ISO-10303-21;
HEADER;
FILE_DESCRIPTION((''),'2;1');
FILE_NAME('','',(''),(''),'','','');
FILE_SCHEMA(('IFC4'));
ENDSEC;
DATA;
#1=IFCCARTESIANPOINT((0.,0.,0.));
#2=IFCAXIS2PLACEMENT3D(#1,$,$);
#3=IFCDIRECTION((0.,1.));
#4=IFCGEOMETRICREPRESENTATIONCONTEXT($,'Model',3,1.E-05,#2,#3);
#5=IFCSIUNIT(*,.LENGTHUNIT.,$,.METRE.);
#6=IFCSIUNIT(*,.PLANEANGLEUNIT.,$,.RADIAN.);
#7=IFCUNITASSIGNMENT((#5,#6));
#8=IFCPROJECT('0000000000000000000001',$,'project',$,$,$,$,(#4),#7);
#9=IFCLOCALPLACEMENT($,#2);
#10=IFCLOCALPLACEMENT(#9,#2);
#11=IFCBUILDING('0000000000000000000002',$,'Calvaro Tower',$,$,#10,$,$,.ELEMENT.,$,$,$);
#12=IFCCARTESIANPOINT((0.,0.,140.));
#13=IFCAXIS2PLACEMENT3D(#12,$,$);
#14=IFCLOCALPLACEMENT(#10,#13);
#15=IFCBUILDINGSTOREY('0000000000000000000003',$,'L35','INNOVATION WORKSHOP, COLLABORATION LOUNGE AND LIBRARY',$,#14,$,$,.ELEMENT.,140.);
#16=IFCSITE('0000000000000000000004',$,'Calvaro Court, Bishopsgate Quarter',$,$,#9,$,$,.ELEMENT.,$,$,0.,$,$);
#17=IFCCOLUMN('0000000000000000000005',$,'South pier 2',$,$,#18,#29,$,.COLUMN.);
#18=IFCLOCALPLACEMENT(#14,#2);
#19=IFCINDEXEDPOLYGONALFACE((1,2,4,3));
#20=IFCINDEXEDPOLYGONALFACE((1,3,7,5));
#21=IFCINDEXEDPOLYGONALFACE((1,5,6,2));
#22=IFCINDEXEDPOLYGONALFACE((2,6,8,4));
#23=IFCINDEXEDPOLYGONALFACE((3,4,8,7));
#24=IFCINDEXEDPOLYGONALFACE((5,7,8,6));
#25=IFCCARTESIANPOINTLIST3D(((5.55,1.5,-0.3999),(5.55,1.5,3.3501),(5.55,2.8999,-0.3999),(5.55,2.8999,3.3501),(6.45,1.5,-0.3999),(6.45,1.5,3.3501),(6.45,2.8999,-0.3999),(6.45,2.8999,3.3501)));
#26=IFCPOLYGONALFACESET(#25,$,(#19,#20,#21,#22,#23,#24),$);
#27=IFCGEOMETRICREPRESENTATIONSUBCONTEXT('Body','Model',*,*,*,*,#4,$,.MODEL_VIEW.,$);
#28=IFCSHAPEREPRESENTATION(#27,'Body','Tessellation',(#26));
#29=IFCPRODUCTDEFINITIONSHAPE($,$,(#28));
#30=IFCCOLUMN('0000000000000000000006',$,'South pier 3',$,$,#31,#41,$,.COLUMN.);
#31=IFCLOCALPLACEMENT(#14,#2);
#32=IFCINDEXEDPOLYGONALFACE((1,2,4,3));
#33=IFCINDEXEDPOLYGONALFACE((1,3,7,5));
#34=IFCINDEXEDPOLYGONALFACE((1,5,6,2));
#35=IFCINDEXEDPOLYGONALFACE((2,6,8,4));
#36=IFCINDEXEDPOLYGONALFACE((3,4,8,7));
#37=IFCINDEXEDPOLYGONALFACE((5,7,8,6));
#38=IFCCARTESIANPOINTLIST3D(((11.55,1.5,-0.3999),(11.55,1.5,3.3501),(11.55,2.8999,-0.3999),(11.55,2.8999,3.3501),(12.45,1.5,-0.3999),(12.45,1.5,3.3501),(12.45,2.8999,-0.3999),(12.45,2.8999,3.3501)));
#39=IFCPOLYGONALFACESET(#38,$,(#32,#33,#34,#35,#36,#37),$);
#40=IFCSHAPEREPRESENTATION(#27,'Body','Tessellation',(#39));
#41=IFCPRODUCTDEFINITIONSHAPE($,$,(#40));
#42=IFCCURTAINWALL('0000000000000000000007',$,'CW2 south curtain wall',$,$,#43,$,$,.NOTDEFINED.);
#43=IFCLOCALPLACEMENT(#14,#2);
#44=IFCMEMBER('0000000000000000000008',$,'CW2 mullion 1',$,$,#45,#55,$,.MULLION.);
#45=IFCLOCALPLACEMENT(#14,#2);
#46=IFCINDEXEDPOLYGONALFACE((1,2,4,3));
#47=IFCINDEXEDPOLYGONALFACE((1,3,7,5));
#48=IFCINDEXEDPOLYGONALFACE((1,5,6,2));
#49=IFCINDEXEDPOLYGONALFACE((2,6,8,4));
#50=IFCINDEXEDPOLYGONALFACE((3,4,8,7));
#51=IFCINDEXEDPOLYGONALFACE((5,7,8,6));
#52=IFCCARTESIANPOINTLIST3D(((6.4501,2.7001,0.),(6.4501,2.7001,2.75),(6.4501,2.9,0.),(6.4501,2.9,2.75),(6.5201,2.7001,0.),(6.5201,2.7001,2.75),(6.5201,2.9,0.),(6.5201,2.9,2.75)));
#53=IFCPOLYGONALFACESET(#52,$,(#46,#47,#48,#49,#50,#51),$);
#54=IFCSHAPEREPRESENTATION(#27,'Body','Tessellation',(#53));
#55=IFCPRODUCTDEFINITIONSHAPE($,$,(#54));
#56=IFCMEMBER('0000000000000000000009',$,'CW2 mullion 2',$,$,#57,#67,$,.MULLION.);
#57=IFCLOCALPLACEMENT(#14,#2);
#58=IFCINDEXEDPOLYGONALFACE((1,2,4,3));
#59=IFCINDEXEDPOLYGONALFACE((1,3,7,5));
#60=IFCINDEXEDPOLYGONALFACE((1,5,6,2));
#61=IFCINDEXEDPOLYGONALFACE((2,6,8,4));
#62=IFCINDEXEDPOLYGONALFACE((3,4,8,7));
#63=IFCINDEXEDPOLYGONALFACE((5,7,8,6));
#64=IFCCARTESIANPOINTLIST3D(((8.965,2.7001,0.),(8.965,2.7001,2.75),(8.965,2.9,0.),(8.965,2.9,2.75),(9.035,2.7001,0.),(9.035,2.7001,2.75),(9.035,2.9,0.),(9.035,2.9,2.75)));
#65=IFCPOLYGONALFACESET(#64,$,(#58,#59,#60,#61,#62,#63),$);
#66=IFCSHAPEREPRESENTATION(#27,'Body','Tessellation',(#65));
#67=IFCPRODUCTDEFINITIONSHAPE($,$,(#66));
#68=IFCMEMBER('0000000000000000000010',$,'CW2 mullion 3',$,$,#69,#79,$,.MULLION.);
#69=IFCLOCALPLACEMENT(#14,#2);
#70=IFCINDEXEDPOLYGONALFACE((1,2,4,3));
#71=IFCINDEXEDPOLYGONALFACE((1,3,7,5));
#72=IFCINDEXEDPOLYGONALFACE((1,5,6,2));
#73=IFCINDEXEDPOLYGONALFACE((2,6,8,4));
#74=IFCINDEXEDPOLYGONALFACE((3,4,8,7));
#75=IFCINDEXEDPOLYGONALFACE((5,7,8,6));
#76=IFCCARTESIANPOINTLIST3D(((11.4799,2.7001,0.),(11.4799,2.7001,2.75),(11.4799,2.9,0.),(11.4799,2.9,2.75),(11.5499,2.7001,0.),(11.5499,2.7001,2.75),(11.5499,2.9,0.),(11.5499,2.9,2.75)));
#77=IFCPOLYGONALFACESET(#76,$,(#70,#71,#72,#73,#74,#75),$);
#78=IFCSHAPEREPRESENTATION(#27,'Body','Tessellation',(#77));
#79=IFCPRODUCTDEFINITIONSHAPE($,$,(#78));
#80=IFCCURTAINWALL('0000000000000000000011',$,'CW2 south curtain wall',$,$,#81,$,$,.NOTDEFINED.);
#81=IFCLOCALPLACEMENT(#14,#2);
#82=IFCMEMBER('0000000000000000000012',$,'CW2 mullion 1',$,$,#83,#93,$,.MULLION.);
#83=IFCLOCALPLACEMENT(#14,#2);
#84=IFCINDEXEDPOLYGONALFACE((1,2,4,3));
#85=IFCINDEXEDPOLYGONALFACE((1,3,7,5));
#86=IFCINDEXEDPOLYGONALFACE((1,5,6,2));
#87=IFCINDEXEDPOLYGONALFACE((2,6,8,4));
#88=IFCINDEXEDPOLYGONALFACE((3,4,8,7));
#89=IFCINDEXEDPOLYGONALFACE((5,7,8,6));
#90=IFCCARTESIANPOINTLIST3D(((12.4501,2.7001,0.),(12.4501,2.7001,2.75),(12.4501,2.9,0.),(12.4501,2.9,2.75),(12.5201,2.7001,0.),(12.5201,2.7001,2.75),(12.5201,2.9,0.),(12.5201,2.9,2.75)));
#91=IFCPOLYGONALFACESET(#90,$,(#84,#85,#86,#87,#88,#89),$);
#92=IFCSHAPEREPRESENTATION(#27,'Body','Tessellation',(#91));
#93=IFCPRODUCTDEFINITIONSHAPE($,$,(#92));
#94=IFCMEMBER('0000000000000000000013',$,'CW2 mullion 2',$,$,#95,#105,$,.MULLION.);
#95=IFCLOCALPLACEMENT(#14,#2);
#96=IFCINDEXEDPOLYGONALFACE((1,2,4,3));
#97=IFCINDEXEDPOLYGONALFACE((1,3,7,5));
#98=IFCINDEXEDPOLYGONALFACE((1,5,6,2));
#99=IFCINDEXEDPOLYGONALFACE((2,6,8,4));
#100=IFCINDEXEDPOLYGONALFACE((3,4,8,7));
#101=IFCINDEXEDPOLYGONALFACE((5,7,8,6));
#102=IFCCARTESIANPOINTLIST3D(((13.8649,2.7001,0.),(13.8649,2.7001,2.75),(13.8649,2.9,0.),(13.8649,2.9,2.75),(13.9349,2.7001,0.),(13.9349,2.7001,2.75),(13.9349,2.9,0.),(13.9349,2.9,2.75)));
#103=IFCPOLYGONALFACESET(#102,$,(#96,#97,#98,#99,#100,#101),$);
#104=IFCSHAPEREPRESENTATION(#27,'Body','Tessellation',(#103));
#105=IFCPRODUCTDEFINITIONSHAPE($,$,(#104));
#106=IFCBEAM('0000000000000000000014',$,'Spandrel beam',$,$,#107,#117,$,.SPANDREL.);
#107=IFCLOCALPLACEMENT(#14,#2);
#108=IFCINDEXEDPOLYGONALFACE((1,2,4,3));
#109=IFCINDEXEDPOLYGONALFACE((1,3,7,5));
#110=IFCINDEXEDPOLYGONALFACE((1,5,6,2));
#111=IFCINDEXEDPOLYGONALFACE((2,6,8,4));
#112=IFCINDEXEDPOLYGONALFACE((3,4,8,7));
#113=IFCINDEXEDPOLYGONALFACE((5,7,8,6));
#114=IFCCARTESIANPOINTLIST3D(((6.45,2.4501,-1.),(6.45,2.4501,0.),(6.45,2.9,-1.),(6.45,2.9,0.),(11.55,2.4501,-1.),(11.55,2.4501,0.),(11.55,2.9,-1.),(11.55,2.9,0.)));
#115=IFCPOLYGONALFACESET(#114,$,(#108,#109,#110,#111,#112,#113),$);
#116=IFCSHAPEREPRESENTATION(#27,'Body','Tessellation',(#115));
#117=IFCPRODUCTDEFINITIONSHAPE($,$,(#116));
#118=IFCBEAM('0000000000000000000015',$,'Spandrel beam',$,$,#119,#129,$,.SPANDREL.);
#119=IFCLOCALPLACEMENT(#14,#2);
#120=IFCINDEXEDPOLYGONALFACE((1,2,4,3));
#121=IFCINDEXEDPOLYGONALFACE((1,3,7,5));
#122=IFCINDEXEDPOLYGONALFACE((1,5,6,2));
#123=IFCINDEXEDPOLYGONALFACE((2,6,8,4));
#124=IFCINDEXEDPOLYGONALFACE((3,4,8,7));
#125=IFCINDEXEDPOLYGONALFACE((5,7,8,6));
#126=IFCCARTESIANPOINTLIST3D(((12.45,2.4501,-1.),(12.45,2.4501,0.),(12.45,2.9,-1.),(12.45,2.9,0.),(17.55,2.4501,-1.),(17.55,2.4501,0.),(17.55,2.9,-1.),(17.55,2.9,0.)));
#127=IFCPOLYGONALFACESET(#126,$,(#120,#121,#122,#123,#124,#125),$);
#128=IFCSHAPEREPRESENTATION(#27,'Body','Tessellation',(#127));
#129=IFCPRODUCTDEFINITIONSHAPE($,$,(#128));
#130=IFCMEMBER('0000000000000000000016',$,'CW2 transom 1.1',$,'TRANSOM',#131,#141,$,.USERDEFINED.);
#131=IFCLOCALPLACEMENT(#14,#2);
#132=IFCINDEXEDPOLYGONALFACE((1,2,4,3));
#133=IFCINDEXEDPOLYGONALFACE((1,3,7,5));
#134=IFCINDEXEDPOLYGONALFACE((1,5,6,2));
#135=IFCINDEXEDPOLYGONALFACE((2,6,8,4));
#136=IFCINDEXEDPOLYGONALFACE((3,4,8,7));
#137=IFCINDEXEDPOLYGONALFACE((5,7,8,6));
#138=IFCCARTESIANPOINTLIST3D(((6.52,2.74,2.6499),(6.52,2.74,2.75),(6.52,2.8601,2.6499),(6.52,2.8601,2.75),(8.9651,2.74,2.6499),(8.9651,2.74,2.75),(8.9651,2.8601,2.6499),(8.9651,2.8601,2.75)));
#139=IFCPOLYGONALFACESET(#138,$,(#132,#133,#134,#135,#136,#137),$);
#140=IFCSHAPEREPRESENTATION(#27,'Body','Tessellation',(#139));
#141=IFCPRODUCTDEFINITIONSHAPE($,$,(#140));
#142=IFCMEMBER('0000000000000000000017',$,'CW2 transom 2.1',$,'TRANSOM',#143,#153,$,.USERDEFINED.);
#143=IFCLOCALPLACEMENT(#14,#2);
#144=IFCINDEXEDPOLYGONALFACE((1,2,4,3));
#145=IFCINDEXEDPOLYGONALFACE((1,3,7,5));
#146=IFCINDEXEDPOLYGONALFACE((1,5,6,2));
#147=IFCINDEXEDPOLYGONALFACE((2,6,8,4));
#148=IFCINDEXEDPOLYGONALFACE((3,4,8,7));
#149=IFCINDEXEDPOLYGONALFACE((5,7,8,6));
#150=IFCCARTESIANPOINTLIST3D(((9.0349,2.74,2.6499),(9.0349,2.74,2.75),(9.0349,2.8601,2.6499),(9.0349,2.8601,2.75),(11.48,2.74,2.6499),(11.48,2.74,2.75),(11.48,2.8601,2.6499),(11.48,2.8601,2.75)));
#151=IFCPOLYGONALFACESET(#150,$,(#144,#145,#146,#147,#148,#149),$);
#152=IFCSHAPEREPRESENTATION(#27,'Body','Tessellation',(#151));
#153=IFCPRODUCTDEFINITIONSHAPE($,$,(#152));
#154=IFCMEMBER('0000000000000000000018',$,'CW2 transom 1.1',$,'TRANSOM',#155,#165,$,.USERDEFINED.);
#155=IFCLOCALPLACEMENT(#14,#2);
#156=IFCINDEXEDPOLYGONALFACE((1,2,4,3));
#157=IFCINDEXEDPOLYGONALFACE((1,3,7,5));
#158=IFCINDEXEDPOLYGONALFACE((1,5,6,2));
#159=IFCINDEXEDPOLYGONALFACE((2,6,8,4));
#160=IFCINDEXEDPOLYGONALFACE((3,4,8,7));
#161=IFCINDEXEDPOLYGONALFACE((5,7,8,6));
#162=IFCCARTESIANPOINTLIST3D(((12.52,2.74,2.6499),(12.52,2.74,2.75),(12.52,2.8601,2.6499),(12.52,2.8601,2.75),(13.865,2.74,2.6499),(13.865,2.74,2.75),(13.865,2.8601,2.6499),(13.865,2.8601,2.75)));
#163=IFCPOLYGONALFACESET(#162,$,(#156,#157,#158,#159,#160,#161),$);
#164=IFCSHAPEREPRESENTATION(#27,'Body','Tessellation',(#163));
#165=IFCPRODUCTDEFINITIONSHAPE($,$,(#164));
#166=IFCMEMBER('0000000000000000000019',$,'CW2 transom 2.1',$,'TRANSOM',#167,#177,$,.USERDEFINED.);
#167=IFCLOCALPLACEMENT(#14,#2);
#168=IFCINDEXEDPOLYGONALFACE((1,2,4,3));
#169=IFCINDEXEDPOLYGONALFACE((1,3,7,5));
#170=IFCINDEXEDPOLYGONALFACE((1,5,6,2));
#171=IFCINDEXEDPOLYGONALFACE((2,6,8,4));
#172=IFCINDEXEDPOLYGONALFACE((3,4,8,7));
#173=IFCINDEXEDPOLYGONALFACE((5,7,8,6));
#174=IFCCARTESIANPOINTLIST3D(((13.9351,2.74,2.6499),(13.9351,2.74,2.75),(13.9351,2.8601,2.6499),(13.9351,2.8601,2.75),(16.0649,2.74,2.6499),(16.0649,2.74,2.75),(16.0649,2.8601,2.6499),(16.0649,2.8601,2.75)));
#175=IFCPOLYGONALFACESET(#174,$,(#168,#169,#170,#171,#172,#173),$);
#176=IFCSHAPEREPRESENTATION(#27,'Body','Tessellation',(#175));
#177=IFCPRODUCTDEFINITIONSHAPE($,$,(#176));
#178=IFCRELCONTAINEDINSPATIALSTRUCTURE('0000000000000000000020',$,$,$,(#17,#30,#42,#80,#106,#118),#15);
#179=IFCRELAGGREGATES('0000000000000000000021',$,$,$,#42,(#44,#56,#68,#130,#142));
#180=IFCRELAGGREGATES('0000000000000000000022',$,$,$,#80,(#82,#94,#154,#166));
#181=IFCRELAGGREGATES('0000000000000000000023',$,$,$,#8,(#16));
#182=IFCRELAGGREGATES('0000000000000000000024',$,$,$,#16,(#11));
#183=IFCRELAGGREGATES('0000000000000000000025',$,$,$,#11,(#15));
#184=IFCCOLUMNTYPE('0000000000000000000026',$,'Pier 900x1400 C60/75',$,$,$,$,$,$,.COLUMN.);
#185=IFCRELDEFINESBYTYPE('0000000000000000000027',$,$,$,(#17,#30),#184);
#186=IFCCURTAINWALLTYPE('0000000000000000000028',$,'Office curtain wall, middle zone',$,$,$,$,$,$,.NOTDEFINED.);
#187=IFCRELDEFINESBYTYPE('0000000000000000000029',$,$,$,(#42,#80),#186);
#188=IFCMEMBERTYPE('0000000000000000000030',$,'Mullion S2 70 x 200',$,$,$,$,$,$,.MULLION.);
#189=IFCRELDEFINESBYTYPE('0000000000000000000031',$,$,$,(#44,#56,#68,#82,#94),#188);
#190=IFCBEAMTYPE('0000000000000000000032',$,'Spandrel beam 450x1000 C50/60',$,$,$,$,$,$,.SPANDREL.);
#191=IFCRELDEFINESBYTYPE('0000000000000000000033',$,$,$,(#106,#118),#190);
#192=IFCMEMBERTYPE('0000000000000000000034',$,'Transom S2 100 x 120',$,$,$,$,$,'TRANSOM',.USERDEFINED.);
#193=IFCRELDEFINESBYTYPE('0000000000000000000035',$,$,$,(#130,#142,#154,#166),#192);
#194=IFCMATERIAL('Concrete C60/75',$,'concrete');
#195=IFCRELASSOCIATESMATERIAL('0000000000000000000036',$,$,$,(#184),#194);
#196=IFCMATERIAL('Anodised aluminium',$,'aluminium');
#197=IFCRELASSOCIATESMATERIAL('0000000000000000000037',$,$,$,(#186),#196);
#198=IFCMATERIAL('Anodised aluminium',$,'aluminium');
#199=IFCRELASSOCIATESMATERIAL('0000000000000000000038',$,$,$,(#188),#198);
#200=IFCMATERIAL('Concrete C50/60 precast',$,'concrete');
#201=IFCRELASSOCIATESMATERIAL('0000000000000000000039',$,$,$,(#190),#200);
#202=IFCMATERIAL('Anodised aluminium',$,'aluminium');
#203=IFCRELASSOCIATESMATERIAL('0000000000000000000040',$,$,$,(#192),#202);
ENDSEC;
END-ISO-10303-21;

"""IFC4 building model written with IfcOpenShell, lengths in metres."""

from ifc_helpers import new_model, si_unit, direction, frame, origin, origin_2d, place, context, subcontext, project, spatial, rectangle, extrude, material, material_profile, profile_set, type_object, element, aggregate, save


model = new_model("IFC4")

# Units and contexts
model_context = context("Model", 3, precision=1e-05, world=origin(), true_north=direction((0.0, 1.0)))
body_context = subcontext(model_context, "Body", "Model", "MODEL_VIEW")
ifc_project = project(units=[si_unit("LENGTHUNIT", "METRE"), si_unit("PLANEANGLEUNIT", "RADIAN")], contexts=[model_context])

# Site, building, storey
site_placement = place(None, origin())
site = spatial("IfcSite", under=ifc_project, at=site_placement, Name="Calvaro Court, Bishopsgate Quarter", CompositionType="ELEMENT", RefElevation=0.0)
building_placement = place(site_placement, origin())
building = spatial("IfcBuilding", under=site, at=building_placement, Name="Calvaro Tower", CompositionType="ELEMENT")
storey_placement = place(building_placement, frame((0.0, 0.0, 140.0)))
storey = spatial("IfcBuildingStorey", under=building, at=storey_placement, Name="L35", Description="INNOVATION WORKSHOP, COLLABORATION LOUNGE AND LIBRARY", CompositionType="ELEMENT", Elevation=140.0)

# Columns
ifc_material_1 = material(Name="Concrete C60/75", Category="concrete")
ifc_material_profile_1 = material_profile(ifc_material_1, rectangle(XDim=0.8999, YDim=1.3999, at=origin_2d()), Name="RC 900x1400")
ifc_profile_set_1 = profile_set([ifc_material_profile_1], Name="Concrete C60/75")
column_type = type_object("IfcColumnType", Name="Pier 900x1400 C60/75", PredefinedType="COLUMN", material=ifc_profile_set_1)
for number, where, z_axis, x_axis, name in (
    (1, (6.0, 2.2, -0.3999), (0.0, 0.0, 1.0), (1.0, 0.0, 0.0), "South pier 2"),
    (2, (12.0, 2.2, -0.3999), (0.0, 0.0, 1.0), (1.0, 0.0, 0.0), "South pier 3"),
):
    element("IfcColumn", number, at=place(storey_placement, frame(where, z_axis=z_axis, x_axis=x_axis)), inside=storey, type_object=column_type, Name=name, PredefinedType="COLUMN", context=body_context, shape_type="SweptSolid", body=[
        extrude(rectangle(XDim=0.8999, YDim=1.3999, at=origin_2d()), origin(), (0.0, 0.0, 1.0), 3.75),
    ])

# Curtain walls, members
ifc_material_2 = material(Name="Anodised aluminium", Category="aluminium")
curtain_wall_type = type_object("IfcCurtainWallType", Name="Office curtain wall, middle zone", PredefinedType="NOTDEFINED", material=ifc_material_2)
curtain_wall_1_placement = place(storey_placement, origin())
curtain_wall_1 = element("IfcCurtainWall", 3, at=curtain_wall_1_placement, inside=storey, type_object=curtain_wall_type, Name="CW2 south curtain wall", PredefinedType="NOTDEFINED")
ifc_material_3 = material(Name="Anodised aluminium", Category="aluminium")
ifc_material_profile_2 = material_profile(ifc_material_3, rectangle(XDim=0.2, YDim=0.0701, at=origin_2d()), Name="Mullion S2 70 x 200")
ifc_profile_set_2 = profile_set([ifc_material_profile_2], Name="Anodised aluminium")
member_type_1 = type_object("IfcMemberType", Name="Mullion S2 70 x 200", PredefinedType="MULLION", material=ifc_profile_set_2)
member_1_placement = place(storey_placement, frame((6.4851, 2.8, 0.0), z_axis=(0.0, 0.0, 1.0), x_axis=(0.0, 1.0, 0.0)))
member_1 = element("IfcMember", 4, at=member_1_placement, type_object=member_type_1, Name="CW2 mullion 1", PredefinedType="MULLION", context=body_context, shape_type="SweptSolid", body=[
    extrude(rectangle(XDim=0.2, YDim=0.0701, at=origin_2d()), origin(), (0.0, 0.0, 1.0), 2.75),
])
member_2_placement = place(storey_placement, frame((9.0, 2.8, 0.0), z_axis=(0.0, 0.0, 1.0), x_axis=(0.0, 1.0, 0.0)))
member_2 = element("IfcMember", 5, at=member_2_placement, type_object=member_type_1, Name="CW2 mullion 2", PredefinedType="MULLION", context=body_context, shape_type="SweptSolid", body=[
    extrude(rectangle(XDim=0.2, YDim=0.0701, at=origin_2d()), origin(), (0.0, 0.0, 1.0), 2.75),
])
member_3_placement = place(storey_placement, frame((11.5149, 2.8, 0.0), z_axis=(0.0, 0.0, 1.0), x_axis=(0.0, 1.0, 0.0)))
member_3 = element("IfcMember", 6, at=member_3_placement, type_object=member_type_1, Name="CW2 mullion 3", PredefinedType="MULLION", context=body_context, shape_type="SweptSolid", body=[
    extrude(rectangle(XDim=0.2, YDim=0.0701, at=origin_2d()), origin(), (0.0, 0.0, 1.0), 2.75),
])
curtain_wall_2_placement = place(storey_placement, origin())
curtain_wall_2 = element("IfcCurtainWall", 7, at=curtain_wall_2_placement, inside=storey, type_object=curtain_wall_type, Name="CW2 south curtain wall", PredefinedType="NOTDEFINED")
member_4_placement = place(storey_placement, frame((12.4851, 2.8, 0.0), z_axis=(0.0, 0.0, 1.0), x_axis=(0.0, 1.0, 0.0)))
member_4 = element("IfcMember", 8, at=member_4_placement, type_object=member_type_1, Name="CW2 mullion 1", PredefinedType="MULLION", context=body_context, shape_type="SweptSolid", body=[
    extrude(rectangle(XDim=0.2, YDim=0.0701, at=origin_2d()), origin(), (0.0, 0.0, 1.0), 2.75),
])
member_5_placement = place(storey_placement, frame((13.8999, 2.8, 0.0), z_axis=(0.0, 0.0, 1.0), x_axis=(0.0, 1.0, 0.0)))
member_5 = element("IfcMember", 9, at=member_5_placement, type_object=member_type_1, Name="CW2 mullion 2", PredefinedType="MULLION", context=body_context, shape_type="SweptSolid", body=[
    extrude(rectangle(XDim=0.2, YDim=0.0701, at=origin_2d()), origin(), (0.0, 0.0, 1.0), 2.75),
])

# Beams
ifc_material_4 = material(Name="Concrete C50/60 precast", Category="concrete")
ifc_material_profile_3 = material_profile(ifc_material_4, rectangle(XDim=0.45, YDim=1.0, at=origin_2d()), Name="RC 450x1000")
ifc_profile_set_3 = profile_set([ifc_material_profile_3], Name="Concrete C50/60 precast")
beam_type = type_object("IfcBeamType", Name="Spandrel beam 450x1000 C50/60", PredefinedType="SPANDREL", material=ifc_profile_set_3)
for number, where, z_axis, x_axis, name in (
    (10, (6.45, 2.675, -0.5), (1.0, 0.0, 0.0), (0.0, 1.0, 0.0), "Spandrel beam"),
    (11, (12.45, 2.675, -0.5), (1.0, 0.0, 0.0), (0.0, 1.0, 0.0), "Spandrel beam"),
):
    element("IfcBeam", number, at=place(storey_placement, frame(where, z_axis=z_axis, x_axis=x_axis)), inside=storey, type_object=beam_type, Name=name, PredefinedType="SPANDREL", context=body_context, shape_type="SweptSolid", body=[
        extrude(rectangle(XDim=0.45, YDim=1.0, at=origin_2d()), origin(), (0.0, 0.0, 1.0), 5.1001),
    ])

# Members
ifc_material_5 = material(Name="Anodised aluminium", Category="aluminium")
ifc_material_profile_4 = material_profile(ifc_material_5, rectangle(XDim=0.1201, YDim=0.1001, at=origin_2d()), Name="Transom S2 100 x 120")
ifc_profile_set_4 = profile_set([ifc_material_profile_4], Name="Anodised aluminium")
member_type_2 = type_object("IfcMemberType", Name="Transom S2 100 x 120", ElementType="TRANSOM", PredefinedType="USERDEFINED", material=ifc_profile_set_4)
member_6_placement = place(storey_placement, frame((6.52, 2.8, 2.7), z_axis=(1.0, 0.0, 0.0), x_axis=(0.0, 1.0, 0.0)))
member_6 = element("IfcMember", 12, at=member_6_placement, type_object=member_type_2, Name="CW2 transom 1.1", ObjectType="TRANSOM", PredefinedType="USERDEFINED", context=body_context, shape_type="SweptSolid", body=[
    extrude(rectangle(XDim=0.1201, YDim=0.1001, at=origin_2d()), origin(), (0.0, 0.0, 1.0), 2.4451),
])
member_7_placement = place(storey_placement, frame((9.0349, 2.8, 2.7), z_axis=(1.0, 0.0, 0.0), x_axis=(0.0, 1.0, 0.0)))
member_7 = element("IfcMember", 13, at=member_7_placement, type_object=member_type_2, Name="CW2 transom 2.1", ObjectType="TRANSOM", PredefinedType="USERDEFINED", context=body_context, shape_type="SweptSolid", body=[
    extrude(rectangle(XDim=0.1201, YDim=0.1001, at=origin_2d()), origin(), (0.0, 0.0, 1.0), 2.4451),
])
member_8_placement = place(storey_placement, frame((12.52, 2.8, 2.7), z_axis=(1.0, 0.0, 0.0), x_axis=(0.0, 1.0, 0.0)))
member_8 = element("IfcMember", 14, at=member_8_placement, type_object=member_type_2, Name="CW2 transom 1.1", ObjectType="TRANSOM", PredefinedType="USERDEFINED", context=body_context, shape_type="SweptSolid", body=[
    extrude(rectangle(XDim=0.1201, YDim=0.1001, at=origin_2d()), origin(), (0.0, 0.0, 1.0), 1.345),
])
member_9_placement = place(storey_placement, frame((13.9351, 2.8, 2.7), z_axis=(1.0, 0.0, 0.0), x_axis=(0.0, 1.0, 0.0)))
member_9 = element("IfcMember", 15, at=member_9_placement, type_object=member_type_2, Name="CW2 transom 2.1", ObjectType="TRANSOM", PredefinedType="USERDEFINED", context=body_context, shape_type="SweptSolid", body=[
    extrude(rectangle(XDim=0.1201, YDim=0.1001, at=origin_2d()), origin(), (0.0, 0.0, 1.0), 2.1299),
])

aggregate(curtain_wall_1, [member_1, member_2, member_3, member_6, member_7])
aggregate(curtain_wall_2, [member_4, member_5, member_8, member_9])

save(model, "model.ifc")
